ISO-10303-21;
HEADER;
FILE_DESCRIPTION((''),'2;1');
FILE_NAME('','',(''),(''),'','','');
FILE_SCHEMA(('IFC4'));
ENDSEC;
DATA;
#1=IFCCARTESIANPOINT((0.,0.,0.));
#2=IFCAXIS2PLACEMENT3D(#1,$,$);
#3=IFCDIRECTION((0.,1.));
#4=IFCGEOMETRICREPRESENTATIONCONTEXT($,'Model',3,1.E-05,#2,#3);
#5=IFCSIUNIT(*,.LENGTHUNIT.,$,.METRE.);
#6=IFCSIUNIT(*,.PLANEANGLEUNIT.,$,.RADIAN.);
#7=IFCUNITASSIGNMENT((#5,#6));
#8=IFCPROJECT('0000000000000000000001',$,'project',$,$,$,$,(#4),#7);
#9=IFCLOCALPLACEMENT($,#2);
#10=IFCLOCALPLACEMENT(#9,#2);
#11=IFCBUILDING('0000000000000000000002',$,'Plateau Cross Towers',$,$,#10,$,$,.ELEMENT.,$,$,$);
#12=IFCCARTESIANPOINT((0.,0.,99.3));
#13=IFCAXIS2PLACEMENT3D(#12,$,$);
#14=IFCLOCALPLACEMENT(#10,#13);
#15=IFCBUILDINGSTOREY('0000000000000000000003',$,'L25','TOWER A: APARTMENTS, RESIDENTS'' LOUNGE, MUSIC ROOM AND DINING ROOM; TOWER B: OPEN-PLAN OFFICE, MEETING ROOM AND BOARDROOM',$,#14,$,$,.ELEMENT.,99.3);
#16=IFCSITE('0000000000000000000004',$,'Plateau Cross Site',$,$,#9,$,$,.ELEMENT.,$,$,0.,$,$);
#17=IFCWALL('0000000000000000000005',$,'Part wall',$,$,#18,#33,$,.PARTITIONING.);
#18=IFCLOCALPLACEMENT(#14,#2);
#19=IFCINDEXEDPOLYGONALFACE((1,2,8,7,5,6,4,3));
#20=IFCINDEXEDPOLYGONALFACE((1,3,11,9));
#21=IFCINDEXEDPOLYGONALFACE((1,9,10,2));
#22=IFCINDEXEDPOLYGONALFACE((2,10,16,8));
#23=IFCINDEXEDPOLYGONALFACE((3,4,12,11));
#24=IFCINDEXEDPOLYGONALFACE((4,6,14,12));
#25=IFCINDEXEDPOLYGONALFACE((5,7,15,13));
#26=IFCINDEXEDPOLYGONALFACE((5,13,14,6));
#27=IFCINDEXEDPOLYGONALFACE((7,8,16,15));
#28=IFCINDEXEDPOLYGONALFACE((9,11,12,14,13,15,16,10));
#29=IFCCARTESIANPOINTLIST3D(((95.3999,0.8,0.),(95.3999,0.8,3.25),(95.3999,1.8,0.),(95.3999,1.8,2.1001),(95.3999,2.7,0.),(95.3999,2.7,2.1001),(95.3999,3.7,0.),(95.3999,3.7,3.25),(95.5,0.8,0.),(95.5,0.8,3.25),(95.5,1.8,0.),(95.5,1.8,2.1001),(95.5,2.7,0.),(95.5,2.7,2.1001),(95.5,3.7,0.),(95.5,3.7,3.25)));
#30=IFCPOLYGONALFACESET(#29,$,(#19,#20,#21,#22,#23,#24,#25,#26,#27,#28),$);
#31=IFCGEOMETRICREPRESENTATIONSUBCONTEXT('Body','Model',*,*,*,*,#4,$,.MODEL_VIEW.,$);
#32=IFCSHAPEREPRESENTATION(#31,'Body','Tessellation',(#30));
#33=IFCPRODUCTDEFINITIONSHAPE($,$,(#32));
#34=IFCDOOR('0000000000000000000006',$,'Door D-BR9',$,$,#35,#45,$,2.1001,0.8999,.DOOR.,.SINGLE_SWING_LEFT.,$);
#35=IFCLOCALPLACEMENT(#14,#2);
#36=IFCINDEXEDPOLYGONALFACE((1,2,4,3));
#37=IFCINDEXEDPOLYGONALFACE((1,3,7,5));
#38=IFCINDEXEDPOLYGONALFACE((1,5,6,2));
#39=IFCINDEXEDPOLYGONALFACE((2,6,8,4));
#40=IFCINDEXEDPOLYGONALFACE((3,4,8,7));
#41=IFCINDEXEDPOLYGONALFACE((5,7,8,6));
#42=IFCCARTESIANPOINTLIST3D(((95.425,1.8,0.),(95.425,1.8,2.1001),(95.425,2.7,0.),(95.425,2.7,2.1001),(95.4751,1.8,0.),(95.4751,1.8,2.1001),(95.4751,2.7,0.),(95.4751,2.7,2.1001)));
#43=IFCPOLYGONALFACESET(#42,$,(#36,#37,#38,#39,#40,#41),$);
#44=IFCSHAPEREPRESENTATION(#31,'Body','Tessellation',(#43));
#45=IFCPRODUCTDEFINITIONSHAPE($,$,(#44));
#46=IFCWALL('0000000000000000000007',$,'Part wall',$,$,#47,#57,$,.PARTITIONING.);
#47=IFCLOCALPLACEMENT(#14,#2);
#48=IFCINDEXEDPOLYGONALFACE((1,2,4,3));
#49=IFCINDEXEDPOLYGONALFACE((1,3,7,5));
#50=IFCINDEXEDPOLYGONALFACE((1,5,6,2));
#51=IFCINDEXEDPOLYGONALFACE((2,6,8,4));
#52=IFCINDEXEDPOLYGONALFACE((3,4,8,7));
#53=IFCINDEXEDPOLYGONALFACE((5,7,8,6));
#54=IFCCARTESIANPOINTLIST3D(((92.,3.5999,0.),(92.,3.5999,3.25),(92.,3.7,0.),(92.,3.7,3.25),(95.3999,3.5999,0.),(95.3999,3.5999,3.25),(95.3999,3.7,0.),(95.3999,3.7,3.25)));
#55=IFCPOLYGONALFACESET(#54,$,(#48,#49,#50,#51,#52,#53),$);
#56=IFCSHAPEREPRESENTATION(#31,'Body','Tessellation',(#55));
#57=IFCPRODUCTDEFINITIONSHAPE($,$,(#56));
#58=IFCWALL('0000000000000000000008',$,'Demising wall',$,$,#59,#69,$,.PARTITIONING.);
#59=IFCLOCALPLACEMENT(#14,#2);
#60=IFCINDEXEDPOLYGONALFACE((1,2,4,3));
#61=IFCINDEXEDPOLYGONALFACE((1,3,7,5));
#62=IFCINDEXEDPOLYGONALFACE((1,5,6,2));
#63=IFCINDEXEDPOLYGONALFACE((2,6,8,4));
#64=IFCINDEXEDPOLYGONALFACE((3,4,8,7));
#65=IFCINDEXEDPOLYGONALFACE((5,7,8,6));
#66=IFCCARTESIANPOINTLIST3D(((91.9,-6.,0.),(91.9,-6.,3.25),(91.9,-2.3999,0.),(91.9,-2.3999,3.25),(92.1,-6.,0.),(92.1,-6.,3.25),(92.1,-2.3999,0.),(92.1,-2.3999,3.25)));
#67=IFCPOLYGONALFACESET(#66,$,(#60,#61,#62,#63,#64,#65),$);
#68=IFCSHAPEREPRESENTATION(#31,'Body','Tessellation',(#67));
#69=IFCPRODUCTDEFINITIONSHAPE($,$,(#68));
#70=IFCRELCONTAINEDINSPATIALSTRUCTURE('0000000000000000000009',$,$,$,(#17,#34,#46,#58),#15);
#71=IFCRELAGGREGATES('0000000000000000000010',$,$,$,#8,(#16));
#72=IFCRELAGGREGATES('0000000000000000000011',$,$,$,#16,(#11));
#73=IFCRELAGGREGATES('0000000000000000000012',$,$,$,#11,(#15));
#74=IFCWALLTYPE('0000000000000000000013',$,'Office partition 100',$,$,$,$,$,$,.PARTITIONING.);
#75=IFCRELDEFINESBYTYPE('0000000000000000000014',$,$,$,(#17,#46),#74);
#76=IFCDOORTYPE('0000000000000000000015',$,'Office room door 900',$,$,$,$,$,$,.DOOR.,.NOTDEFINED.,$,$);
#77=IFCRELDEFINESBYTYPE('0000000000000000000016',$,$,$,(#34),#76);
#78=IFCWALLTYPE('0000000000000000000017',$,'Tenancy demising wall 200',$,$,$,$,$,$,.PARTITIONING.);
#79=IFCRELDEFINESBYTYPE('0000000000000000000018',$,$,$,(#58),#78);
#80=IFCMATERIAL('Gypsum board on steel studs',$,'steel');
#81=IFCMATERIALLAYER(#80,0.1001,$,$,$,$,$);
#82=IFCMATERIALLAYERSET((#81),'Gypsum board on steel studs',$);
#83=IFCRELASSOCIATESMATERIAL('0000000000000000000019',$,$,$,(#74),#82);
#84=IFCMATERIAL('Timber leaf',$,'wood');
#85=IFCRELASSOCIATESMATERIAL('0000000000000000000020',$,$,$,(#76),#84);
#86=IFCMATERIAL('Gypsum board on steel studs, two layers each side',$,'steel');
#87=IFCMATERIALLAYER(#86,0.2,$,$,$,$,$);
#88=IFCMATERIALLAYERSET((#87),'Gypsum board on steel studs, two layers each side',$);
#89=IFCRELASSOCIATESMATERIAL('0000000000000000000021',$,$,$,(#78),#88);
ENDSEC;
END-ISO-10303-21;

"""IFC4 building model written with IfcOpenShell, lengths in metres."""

from ifc_helpers import new_model, si_unit, direction, frame, frame_2d, origin, place, context, subcontext, project, spatial, rectangle, extrude, material, layer, layer_set, type_object, element, fill, save


model = new_model("IFC4")

# Units and contexts
model_context = context("Model", 3, precision=1e-05, world=origin(), true_north=direction((0.0, 1.0)))
body_context = subcontext(model_context, "Body", "Model", "MODEL_VIEW")
ifc_project = project(units=[si_unit("LENGTHUNIT", "METRE"), si_unit("PLANEANGLEUNIT", "RADIAN")], contexts=[model_context])

# Site, building, storey
site_placement = place(None, origin())
site = spatial("IfcSite", under=ifc_project, at=site_placement, Name="Plateau Cross Site", CompositionType="ELEMENT", RefElevation=0.0)
building_placement = place(site_placement, origin())
building = spatial("IfcBuilding", under=site, at=building_placement, Name="Plateau Cross Towers", CompositionType="ELEMENT")
storey_placement = place(building_placement, frame((0.0, 0.0, 99.3)))
storey = spatial("IfcBuildingStorey", under=building, at=storey_placement, Name="L25", Description="TOWER A: APARTMENTS, RESIDENTS' LOUNGE, MUSIC ROOM AND DINING ROOM; TOWER B: OPEN-PLAN OFFICE, MEETING ROOM AND BOARDROOM", CompositionType="ELEMENT", Elevation=99.3)

# Shared definitions
ifc_material_1 = material(Name="Gypsum board on steel studs, two layers each side", Category="steel")

# Wall, opening, door
ifc_material_2 = material(Name="Gypsum board on steel studs", Category="steel")
ifc_layer_1 = layer(ifc_material_2, 0.1001)
ifc_layer_set_1 = layer_set([ifc_layer_1], Name="Gypsum board on steel studs")
wall_type_1 = type_object("IfcWallType", Name="Office partition 100", PredefinedType="PARTITIONING", material=ifc_layer_set_1)
wall_1_placement = place(storey_placement, frame((95.45, 0.8, 0.0), z_axis=(0.0, 0.0, 1.0), x_axis=(0.0, 1.0, 0.0)))
wall_1 = element("IfcWall", 1, at=wall_1_placement, inside=storey, type_object=wall_type_1, Name="Part wall", PredefinedType="PARTITIONING", context=body_context, shape_type="SweptSolid", body=[
    extrude(rectangle(XDim=2.8999, YDim=0.1001, at=frame_2d((1.45, 0.0))), origin(), (0.0, 0.0, 1.0), 3.25),
])
opening_1_placement = place(wall_1_placement, frame((1.0, 0.0, 0.0)))
opening_1 = element("IfcOpeningElement", 2, at=opening_1_placement, cuts=wall_1, PredefinedType="OPENING", context=body_context, shape_type="SweptSolid", body=[
    extrude(rectangle(XDim=0.8999, YDim=2.1001, at=frame_2d((0.45, 1.05))), frame((0.0, 0.0601, 0.0), z_axis=(0.0, -1.0, 0.0), x_axis=(1.0, 0.0, 0.0)), (0.0, 0.0, 1.0), 0.1201),
])
ifc_material_3 = material(Name="Timber leaf", Category="wood")
door_type_1 = type_object("IfcDoorType", Name="Office room door 900", OperationType="NOTDEFINED", PredefinedType="DOOR", material=ifc_material_3)
door_1_placement = place(opening_1_placement, origin())
door_1 = element("IfcDoor", 3, at=door_1_placement, inside=storey, type_object=door_type_1, Name="Door D-BR9", OperationType="SINGLE_SWING_LEFT", OverallHeight=2.1001, OverallWidth=0.8999, PredefinedType="DOOR", context=body_context, shape_type="SweptSolid", body=[
    extrude(rectangle(XDim=0.8999, YDim=2.1001, at=frame_2d((0.45, 1.05))), frame((0.0, 0.0249, 0.0), z_axis=(0.0, -1.0, 0.0), x_axis=(1.0, 0.0, 0.0)), (0.0, 0.0, 1.0), 0.05),
])
fill(opening_1, door_1)

# Walls
wall_2_placement = place(storey_placement, frame((92.0, 3.6499, 0.0), z_axis=(0.0, 0.0, 1.0), x_axis=(1.0, 0.0, 0.0)))
element("IfcWall", 4, at=wall_2_placement, inside=storey, type_object=wall_type_1, Name="Part wall", PredefinedType="PARTITIONING", context=body_context, shape_type="SweptSolid", body=[
    extrude(rectangle(XDim=3.3999, YDim=0.1001, at=frame_2d((1.7, 0.0))), origin(), (0.0, 0.0, 1.0), 3.25),
])
ifc_layer_2 = layer(ifc_material_1, 0.2)
ifc_layer_set_2 = layer_set([ifc_layer_2], Name="Gypsum board on steel studs, two layers each side")
wall_type_2 = type_object("IfcWallType", Name="Tenancy demising wall 200", PredefinedType="PARTITIONING", material=ifc_layer_set_2)
wall_3_placement = place(storey_placement, frame((92.0, -6.0, 0.0), z_axis=(0.0, 0.0, 1.0), x_axis=(0.0, 1.0, 0.0)))
element("IfcWall", 5, at=wall_3_placement, inside=storey, type_object=wall_type_2, Name="Demising wall", PredefinedType="PARTITIONING", context=body_context, shape_type="SweptSolid", body=[
    extrude(rectangle(XDim=3.6001, YDim=0.2, at=frame_2d((1.8, 0.0))), origin(), (0.0, 0.0, 1.0), 3.25),
])

save(model, "model.ifc")
